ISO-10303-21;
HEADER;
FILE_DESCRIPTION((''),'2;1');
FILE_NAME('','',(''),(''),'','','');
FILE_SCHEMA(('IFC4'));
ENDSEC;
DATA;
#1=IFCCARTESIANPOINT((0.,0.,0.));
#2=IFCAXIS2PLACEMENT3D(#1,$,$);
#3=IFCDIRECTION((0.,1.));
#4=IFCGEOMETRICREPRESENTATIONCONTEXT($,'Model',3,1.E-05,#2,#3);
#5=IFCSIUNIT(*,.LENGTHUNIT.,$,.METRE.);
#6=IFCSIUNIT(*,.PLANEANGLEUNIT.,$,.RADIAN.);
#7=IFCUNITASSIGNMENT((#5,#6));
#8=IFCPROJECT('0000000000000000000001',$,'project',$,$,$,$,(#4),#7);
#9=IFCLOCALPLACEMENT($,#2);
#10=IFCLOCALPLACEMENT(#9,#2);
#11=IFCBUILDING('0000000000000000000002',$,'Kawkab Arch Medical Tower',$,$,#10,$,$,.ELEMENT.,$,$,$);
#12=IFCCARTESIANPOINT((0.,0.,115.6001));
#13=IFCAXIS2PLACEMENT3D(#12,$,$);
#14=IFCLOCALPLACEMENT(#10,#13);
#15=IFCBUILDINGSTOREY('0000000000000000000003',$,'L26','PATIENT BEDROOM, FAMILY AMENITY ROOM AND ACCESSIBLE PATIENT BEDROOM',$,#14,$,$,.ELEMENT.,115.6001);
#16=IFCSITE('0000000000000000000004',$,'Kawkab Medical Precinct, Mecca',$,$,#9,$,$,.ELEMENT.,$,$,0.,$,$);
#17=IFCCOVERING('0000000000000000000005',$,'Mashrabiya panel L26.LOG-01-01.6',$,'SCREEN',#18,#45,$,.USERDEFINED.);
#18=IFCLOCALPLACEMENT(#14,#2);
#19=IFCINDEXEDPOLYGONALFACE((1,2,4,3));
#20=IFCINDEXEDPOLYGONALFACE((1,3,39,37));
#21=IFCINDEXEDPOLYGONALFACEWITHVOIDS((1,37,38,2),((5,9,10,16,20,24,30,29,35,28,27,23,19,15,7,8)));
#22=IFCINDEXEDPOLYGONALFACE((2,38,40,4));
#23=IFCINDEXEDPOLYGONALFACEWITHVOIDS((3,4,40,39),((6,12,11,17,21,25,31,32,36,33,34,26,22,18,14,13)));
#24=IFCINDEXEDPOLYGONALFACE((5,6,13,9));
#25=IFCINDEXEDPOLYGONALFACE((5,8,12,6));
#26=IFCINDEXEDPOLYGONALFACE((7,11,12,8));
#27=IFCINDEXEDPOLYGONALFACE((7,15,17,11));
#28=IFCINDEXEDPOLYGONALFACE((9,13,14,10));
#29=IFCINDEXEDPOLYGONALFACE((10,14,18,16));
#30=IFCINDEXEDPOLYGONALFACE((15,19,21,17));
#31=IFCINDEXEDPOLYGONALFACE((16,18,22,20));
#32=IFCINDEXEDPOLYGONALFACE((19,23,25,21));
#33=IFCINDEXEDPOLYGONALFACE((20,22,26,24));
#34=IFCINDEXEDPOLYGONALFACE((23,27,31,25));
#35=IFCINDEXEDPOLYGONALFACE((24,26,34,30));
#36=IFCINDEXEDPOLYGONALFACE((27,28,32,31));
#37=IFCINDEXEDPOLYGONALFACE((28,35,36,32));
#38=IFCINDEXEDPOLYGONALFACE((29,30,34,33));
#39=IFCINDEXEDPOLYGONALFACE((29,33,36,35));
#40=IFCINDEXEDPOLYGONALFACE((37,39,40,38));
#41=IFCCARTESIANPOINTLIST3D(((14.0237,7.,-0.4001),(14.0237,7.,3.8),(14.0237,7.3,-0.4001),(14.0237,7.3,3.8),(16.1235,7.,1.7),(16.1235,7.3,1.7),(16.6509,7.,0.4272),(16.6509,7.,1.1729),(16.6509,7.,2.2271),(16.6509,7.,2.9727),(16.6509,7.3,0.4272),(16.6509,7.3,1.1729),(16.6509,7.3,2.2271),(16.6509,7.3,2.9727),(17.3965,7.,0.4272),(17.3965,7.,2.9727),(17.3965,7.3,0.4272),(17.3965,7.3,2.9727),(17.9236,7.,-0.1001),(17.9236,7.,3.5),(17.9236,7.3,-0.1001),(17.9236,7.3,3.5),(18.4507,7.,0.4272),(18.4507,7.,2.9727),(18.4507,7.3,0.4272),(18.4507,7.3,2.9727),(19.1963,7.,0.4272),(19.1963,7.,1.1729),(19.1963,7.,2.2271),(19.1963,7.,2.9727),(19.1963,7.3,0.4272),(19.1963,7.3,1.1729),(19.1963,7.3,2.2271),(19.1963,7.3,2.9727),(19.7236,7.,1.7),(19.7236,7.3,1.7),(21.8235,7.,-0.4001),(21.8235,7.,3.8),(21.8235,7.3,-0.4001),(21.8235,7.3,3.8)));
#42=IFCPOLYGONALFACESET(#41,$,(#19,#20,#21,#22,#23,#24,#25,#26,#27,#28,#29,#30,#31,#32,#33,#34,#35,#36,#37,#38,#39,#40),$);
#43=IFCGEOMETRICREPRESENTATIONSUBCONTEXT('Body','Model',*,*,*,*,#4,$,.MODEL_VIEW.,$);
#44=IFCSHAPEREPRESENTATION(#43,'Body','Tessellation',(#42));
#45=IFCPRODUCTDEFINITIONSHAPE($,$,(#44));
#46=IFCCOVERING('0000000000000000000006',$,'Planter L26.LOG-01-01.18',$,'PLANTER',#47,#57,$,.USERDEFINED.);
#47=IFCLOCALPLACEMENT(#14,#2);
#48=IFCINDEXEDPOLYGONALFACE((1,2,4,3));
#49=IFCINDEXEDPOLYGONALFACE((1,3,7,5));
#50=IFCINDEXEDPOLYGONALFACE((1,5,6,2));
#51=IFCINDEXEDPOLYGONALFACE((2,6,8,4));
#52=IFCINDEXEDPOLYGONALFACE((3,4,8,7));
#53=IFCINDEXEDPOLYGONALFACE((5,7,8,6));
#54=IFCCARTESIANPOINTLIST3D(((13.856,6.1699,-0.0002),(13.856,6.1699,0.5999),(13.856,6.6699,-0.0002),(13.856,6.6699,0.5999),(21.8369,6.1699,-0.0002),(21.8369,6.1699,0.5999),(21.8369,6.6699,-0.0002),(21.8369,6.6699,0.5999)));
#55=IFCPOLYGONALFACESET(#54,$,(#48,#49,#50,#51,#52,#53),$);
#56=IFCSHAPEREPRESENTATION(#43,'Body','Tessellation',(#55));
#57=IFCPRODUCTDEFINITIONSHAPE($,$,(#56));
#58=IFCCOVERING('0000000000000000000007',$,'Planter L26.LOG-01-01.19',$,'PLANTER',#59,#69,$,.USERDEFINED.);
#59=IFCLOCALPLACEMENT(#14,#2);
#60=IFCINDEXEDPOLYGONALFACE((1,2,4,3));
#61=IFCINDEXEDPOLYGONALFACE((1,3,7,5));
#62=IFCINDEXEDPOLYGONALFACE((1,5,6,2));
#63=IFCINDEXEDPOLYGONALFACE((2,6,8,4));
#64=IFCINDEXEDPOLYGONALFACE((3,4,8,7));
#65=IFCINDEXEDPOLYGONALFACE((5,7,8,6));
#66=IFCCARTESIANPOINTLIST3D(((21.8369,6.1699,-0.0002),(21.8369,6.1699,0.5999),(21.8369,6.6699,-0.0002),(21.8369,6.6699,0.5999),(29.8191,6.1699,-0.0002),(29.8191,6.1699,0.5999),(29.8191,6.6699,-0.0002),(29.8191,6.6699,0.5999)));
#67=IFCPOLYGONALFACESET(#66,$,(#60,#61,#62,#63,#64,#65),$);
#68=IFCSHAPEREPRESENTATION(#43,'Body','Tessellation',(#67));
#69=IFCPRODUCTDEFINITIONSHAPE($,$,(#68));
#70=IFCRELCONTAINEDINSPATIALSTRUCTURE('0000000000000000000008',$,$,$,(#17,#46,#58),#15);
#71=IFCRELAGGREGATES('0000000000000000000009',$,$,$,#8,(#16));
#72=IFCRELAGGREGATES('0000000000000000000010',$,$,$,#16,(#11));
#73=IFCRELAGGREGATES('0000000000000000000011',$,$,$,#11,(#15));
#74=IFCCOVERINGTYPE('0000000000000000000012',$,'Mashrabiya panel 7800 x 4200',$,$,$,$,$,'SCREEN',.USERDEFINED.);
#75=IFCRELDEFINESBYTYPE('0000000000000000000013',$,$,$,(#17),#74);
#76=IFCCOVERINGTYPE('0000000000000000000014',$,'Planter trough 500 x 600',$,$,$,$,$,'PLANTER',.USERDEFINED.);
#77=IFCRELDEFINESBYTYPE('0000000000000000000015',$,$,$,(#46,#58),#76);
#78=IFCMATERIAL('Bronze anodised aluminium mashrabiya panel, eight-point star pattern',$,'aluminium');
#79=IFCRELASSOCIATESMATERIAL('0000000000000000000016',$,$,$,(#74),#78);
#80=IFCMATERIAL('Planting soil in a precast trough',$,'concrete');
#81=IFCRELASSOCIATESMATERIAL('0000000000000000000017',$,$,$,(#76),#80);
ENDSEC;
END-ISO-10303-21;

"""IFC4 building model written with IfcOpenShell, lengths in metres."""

from ifc_helpers import new_model, si_unit, direction, frame, origin, origin_2d, place, context, subcontext, project, spatial, polyline, rectangle, outline, extrude, material, material_profile, profile_set, type_object, element, save


model = new_model("IFC4")

# Units and contexts
model_context = context("Model", 3, precision=1e-05, world=origin(), true_north=direction((0.0, 1.0)))
body_context = subcontext(model_context, "Body", "Model", "MODEL_VIEW")
ifc_project = project(units=[si_unit("LENGTHUNIT", "METRE"), si_unit("PLANEANGLEUNIT", "RADIAN")], contexts=[model_context])

# Site, building, storey
site_placement = place(None, origin())
site = spatial("IfcSite", under=ifc_project, at=site_placement, Name="Kawkab Medical Precinct, Mecca", CompositionType="ELEMENT", RefElevation=0.0)
building_placement = place(site_placement, origin())
building = spatial("IfcBuilding", under=site, at=building_placement, Name="Kawkab Arch Medical Tower", CompositionType="ELEMENT")
storey_placement = place(building_placement, frame((0.0, 0.0, 115.6001)))
storey = spatial("IfcBuildingStorey", under=building, at=storey_placement, Name="L26", Description="PATIENT BEDROOM, FAMILY AMENITY ROOM AND ACCESSIBLE PATIENT BEDROOM", CompositionType="ELEMENT", Elevation=115.6001)

# Coverings
ifc_material_1 = material(Name="Bronze anodised aluminium mashrabiya panel, eight-point star pattern", Category="aluminium")
ifc_material_profile_1 = material_profile(ifc_material_1, outline(polyline([(-3.8999, -2.1001), (3.8999, -2.1001), (3.8999, 2.1001), (-3.8999, 2.1001), (-3.8999, -2.1001)]), holes=[polyline([(1.8, 0.0), (1.2727, 0.5271), (1.2727, 1.2727), (0.5271, 1.2727), (0.0, 1.8), (-0.5271, 1.2727), (-1.2727, 1.2727), (-1.2727, 0.5271), (-1.8, 0.0), (-1.2727, -0.5271), (-1.2727, -1.2727), (-0.5271, -1.2727), (0.0, -1.8), (0.5271, -1.2727), (1.2727, -1.2727), (1.2727, -0.5271), (1.8, 0.0)])]), Name="Mashrabiya panel 7800x4200")
ifc_profile_set_1 = profile_set([ifc_material_profile_1], Name="Bronze anodised aluminium mashrabiya panel, eight-point star pattern")
covering_type_1 = type_object("IfcCoveringType", Name="Mashrabiya panel 7800 x 4200", ElementType="SCREEN", PredefinedType="USERDEFINED", material=ifc_profile_set_1)
covering_1_placement = place(storey_placement, frame((17.9236, 7.0, 1.7), z_axis=(0.0, 1.0, 0.0), x_axis=(-1.0, 0.0, 0.0)))
element("IfcCovering", 1, at=covering_1_placement, inside=storey, type_object=covering_type_1, Name="Mashrabiya panel L26.LOG-01-01.6", ObjectType="SCREEN", PredefinedType="USERDEFINED", context=body_context, shape_type="SweptSolid", body=[
    extrude(outline(polyline([(-3.8999, -2.1001), (3.8999, -2.1001), (3.8999, 2.1001), (-3.8999, 2.1001), (-3.8999, -2.1001)]), holes=[polyline([(1.8, 0.0), (1.2727, 0.5271), (1.2727, 1.2727), (0.5271, 1.2727), (0.0, 1.8), (-0.5271, 1.2727), (-1.2727, 1.2727), (-1.2727, 0.5271), (-1.8, 0.0), (-1.2727, -0.5271), (-1.2727, -1.2727), (-0.5271, -1.2727), (0.0, -1.8), (0.5271, -1.2727), (1.2727, -1.2727), (1.2727, -0.5271), (1.8, 0.0)])]), origin(), (0.0, 0.0, 1.0), 0.3),
])
ifc_material_2 = material(Name="Planting soil in a precast trough", Category="concrete")
ifc_material_profile_2 = material_profile(ifc_material_2, rectangle(XDim=0.5, YDim=0.6001, at=origin_2d()), Name="Trough 500x600")
ifc_profile_set_2 = profile_set([ifc_material_profile_2], Name="Planting soil in a precast trough")
covering_type_2 = type_object("IfcCoveringType", Name="Planter trough 500 x 600", ElementType="PLANTER", PredefinedType="USERDEFINED", material=ifc_profile_set_2)
covering_2_placement = place(storey_placement, frame((13.856, 6.4199, 0.2998), z_axis=(1.0, 0.0, 0.0), x_axis=(0.0, 1.0, 0.0)))
element("IfcCovering", 2, at=covering_2_placement, inside=storey, type_object=covering_type_2, Name="Planter L26.LOG-01-01.18", ObjectType="PLANTER", PredefinedType="USERDEFINED", context=body_context, shape_type="SweptSolid", body=[
    extrude(rectangle(XDim=0.5, YDim=0.6001, at=origin_2d()), origin(), (0.0, 0.0, 1.0), 7.981),
])
covering_3_placement = place(storey_placement, frame((21.8369, 6.4199, 0.2998), z_axis=(1.0, 0.0, 0.0), x_axis=(0.0, 1.0, 0.0)))
element("IfcCovering", 3, at=covering_3_placement, inside=storey, type_object=covering_type_2, Name="Planter L26.LOG-01-01.19", ObjectType="PLANTER", PredefinedType="USERDEFINED", context=body_context, shape_type="SweptSolid", body=[
    extrude(rectangle(XDim=0.5, YDim=0.6001, at=origin_2d()), origin(), (0.0, 0.0, 1.0), 7.9822),
])

save(model, "model.ifc")
